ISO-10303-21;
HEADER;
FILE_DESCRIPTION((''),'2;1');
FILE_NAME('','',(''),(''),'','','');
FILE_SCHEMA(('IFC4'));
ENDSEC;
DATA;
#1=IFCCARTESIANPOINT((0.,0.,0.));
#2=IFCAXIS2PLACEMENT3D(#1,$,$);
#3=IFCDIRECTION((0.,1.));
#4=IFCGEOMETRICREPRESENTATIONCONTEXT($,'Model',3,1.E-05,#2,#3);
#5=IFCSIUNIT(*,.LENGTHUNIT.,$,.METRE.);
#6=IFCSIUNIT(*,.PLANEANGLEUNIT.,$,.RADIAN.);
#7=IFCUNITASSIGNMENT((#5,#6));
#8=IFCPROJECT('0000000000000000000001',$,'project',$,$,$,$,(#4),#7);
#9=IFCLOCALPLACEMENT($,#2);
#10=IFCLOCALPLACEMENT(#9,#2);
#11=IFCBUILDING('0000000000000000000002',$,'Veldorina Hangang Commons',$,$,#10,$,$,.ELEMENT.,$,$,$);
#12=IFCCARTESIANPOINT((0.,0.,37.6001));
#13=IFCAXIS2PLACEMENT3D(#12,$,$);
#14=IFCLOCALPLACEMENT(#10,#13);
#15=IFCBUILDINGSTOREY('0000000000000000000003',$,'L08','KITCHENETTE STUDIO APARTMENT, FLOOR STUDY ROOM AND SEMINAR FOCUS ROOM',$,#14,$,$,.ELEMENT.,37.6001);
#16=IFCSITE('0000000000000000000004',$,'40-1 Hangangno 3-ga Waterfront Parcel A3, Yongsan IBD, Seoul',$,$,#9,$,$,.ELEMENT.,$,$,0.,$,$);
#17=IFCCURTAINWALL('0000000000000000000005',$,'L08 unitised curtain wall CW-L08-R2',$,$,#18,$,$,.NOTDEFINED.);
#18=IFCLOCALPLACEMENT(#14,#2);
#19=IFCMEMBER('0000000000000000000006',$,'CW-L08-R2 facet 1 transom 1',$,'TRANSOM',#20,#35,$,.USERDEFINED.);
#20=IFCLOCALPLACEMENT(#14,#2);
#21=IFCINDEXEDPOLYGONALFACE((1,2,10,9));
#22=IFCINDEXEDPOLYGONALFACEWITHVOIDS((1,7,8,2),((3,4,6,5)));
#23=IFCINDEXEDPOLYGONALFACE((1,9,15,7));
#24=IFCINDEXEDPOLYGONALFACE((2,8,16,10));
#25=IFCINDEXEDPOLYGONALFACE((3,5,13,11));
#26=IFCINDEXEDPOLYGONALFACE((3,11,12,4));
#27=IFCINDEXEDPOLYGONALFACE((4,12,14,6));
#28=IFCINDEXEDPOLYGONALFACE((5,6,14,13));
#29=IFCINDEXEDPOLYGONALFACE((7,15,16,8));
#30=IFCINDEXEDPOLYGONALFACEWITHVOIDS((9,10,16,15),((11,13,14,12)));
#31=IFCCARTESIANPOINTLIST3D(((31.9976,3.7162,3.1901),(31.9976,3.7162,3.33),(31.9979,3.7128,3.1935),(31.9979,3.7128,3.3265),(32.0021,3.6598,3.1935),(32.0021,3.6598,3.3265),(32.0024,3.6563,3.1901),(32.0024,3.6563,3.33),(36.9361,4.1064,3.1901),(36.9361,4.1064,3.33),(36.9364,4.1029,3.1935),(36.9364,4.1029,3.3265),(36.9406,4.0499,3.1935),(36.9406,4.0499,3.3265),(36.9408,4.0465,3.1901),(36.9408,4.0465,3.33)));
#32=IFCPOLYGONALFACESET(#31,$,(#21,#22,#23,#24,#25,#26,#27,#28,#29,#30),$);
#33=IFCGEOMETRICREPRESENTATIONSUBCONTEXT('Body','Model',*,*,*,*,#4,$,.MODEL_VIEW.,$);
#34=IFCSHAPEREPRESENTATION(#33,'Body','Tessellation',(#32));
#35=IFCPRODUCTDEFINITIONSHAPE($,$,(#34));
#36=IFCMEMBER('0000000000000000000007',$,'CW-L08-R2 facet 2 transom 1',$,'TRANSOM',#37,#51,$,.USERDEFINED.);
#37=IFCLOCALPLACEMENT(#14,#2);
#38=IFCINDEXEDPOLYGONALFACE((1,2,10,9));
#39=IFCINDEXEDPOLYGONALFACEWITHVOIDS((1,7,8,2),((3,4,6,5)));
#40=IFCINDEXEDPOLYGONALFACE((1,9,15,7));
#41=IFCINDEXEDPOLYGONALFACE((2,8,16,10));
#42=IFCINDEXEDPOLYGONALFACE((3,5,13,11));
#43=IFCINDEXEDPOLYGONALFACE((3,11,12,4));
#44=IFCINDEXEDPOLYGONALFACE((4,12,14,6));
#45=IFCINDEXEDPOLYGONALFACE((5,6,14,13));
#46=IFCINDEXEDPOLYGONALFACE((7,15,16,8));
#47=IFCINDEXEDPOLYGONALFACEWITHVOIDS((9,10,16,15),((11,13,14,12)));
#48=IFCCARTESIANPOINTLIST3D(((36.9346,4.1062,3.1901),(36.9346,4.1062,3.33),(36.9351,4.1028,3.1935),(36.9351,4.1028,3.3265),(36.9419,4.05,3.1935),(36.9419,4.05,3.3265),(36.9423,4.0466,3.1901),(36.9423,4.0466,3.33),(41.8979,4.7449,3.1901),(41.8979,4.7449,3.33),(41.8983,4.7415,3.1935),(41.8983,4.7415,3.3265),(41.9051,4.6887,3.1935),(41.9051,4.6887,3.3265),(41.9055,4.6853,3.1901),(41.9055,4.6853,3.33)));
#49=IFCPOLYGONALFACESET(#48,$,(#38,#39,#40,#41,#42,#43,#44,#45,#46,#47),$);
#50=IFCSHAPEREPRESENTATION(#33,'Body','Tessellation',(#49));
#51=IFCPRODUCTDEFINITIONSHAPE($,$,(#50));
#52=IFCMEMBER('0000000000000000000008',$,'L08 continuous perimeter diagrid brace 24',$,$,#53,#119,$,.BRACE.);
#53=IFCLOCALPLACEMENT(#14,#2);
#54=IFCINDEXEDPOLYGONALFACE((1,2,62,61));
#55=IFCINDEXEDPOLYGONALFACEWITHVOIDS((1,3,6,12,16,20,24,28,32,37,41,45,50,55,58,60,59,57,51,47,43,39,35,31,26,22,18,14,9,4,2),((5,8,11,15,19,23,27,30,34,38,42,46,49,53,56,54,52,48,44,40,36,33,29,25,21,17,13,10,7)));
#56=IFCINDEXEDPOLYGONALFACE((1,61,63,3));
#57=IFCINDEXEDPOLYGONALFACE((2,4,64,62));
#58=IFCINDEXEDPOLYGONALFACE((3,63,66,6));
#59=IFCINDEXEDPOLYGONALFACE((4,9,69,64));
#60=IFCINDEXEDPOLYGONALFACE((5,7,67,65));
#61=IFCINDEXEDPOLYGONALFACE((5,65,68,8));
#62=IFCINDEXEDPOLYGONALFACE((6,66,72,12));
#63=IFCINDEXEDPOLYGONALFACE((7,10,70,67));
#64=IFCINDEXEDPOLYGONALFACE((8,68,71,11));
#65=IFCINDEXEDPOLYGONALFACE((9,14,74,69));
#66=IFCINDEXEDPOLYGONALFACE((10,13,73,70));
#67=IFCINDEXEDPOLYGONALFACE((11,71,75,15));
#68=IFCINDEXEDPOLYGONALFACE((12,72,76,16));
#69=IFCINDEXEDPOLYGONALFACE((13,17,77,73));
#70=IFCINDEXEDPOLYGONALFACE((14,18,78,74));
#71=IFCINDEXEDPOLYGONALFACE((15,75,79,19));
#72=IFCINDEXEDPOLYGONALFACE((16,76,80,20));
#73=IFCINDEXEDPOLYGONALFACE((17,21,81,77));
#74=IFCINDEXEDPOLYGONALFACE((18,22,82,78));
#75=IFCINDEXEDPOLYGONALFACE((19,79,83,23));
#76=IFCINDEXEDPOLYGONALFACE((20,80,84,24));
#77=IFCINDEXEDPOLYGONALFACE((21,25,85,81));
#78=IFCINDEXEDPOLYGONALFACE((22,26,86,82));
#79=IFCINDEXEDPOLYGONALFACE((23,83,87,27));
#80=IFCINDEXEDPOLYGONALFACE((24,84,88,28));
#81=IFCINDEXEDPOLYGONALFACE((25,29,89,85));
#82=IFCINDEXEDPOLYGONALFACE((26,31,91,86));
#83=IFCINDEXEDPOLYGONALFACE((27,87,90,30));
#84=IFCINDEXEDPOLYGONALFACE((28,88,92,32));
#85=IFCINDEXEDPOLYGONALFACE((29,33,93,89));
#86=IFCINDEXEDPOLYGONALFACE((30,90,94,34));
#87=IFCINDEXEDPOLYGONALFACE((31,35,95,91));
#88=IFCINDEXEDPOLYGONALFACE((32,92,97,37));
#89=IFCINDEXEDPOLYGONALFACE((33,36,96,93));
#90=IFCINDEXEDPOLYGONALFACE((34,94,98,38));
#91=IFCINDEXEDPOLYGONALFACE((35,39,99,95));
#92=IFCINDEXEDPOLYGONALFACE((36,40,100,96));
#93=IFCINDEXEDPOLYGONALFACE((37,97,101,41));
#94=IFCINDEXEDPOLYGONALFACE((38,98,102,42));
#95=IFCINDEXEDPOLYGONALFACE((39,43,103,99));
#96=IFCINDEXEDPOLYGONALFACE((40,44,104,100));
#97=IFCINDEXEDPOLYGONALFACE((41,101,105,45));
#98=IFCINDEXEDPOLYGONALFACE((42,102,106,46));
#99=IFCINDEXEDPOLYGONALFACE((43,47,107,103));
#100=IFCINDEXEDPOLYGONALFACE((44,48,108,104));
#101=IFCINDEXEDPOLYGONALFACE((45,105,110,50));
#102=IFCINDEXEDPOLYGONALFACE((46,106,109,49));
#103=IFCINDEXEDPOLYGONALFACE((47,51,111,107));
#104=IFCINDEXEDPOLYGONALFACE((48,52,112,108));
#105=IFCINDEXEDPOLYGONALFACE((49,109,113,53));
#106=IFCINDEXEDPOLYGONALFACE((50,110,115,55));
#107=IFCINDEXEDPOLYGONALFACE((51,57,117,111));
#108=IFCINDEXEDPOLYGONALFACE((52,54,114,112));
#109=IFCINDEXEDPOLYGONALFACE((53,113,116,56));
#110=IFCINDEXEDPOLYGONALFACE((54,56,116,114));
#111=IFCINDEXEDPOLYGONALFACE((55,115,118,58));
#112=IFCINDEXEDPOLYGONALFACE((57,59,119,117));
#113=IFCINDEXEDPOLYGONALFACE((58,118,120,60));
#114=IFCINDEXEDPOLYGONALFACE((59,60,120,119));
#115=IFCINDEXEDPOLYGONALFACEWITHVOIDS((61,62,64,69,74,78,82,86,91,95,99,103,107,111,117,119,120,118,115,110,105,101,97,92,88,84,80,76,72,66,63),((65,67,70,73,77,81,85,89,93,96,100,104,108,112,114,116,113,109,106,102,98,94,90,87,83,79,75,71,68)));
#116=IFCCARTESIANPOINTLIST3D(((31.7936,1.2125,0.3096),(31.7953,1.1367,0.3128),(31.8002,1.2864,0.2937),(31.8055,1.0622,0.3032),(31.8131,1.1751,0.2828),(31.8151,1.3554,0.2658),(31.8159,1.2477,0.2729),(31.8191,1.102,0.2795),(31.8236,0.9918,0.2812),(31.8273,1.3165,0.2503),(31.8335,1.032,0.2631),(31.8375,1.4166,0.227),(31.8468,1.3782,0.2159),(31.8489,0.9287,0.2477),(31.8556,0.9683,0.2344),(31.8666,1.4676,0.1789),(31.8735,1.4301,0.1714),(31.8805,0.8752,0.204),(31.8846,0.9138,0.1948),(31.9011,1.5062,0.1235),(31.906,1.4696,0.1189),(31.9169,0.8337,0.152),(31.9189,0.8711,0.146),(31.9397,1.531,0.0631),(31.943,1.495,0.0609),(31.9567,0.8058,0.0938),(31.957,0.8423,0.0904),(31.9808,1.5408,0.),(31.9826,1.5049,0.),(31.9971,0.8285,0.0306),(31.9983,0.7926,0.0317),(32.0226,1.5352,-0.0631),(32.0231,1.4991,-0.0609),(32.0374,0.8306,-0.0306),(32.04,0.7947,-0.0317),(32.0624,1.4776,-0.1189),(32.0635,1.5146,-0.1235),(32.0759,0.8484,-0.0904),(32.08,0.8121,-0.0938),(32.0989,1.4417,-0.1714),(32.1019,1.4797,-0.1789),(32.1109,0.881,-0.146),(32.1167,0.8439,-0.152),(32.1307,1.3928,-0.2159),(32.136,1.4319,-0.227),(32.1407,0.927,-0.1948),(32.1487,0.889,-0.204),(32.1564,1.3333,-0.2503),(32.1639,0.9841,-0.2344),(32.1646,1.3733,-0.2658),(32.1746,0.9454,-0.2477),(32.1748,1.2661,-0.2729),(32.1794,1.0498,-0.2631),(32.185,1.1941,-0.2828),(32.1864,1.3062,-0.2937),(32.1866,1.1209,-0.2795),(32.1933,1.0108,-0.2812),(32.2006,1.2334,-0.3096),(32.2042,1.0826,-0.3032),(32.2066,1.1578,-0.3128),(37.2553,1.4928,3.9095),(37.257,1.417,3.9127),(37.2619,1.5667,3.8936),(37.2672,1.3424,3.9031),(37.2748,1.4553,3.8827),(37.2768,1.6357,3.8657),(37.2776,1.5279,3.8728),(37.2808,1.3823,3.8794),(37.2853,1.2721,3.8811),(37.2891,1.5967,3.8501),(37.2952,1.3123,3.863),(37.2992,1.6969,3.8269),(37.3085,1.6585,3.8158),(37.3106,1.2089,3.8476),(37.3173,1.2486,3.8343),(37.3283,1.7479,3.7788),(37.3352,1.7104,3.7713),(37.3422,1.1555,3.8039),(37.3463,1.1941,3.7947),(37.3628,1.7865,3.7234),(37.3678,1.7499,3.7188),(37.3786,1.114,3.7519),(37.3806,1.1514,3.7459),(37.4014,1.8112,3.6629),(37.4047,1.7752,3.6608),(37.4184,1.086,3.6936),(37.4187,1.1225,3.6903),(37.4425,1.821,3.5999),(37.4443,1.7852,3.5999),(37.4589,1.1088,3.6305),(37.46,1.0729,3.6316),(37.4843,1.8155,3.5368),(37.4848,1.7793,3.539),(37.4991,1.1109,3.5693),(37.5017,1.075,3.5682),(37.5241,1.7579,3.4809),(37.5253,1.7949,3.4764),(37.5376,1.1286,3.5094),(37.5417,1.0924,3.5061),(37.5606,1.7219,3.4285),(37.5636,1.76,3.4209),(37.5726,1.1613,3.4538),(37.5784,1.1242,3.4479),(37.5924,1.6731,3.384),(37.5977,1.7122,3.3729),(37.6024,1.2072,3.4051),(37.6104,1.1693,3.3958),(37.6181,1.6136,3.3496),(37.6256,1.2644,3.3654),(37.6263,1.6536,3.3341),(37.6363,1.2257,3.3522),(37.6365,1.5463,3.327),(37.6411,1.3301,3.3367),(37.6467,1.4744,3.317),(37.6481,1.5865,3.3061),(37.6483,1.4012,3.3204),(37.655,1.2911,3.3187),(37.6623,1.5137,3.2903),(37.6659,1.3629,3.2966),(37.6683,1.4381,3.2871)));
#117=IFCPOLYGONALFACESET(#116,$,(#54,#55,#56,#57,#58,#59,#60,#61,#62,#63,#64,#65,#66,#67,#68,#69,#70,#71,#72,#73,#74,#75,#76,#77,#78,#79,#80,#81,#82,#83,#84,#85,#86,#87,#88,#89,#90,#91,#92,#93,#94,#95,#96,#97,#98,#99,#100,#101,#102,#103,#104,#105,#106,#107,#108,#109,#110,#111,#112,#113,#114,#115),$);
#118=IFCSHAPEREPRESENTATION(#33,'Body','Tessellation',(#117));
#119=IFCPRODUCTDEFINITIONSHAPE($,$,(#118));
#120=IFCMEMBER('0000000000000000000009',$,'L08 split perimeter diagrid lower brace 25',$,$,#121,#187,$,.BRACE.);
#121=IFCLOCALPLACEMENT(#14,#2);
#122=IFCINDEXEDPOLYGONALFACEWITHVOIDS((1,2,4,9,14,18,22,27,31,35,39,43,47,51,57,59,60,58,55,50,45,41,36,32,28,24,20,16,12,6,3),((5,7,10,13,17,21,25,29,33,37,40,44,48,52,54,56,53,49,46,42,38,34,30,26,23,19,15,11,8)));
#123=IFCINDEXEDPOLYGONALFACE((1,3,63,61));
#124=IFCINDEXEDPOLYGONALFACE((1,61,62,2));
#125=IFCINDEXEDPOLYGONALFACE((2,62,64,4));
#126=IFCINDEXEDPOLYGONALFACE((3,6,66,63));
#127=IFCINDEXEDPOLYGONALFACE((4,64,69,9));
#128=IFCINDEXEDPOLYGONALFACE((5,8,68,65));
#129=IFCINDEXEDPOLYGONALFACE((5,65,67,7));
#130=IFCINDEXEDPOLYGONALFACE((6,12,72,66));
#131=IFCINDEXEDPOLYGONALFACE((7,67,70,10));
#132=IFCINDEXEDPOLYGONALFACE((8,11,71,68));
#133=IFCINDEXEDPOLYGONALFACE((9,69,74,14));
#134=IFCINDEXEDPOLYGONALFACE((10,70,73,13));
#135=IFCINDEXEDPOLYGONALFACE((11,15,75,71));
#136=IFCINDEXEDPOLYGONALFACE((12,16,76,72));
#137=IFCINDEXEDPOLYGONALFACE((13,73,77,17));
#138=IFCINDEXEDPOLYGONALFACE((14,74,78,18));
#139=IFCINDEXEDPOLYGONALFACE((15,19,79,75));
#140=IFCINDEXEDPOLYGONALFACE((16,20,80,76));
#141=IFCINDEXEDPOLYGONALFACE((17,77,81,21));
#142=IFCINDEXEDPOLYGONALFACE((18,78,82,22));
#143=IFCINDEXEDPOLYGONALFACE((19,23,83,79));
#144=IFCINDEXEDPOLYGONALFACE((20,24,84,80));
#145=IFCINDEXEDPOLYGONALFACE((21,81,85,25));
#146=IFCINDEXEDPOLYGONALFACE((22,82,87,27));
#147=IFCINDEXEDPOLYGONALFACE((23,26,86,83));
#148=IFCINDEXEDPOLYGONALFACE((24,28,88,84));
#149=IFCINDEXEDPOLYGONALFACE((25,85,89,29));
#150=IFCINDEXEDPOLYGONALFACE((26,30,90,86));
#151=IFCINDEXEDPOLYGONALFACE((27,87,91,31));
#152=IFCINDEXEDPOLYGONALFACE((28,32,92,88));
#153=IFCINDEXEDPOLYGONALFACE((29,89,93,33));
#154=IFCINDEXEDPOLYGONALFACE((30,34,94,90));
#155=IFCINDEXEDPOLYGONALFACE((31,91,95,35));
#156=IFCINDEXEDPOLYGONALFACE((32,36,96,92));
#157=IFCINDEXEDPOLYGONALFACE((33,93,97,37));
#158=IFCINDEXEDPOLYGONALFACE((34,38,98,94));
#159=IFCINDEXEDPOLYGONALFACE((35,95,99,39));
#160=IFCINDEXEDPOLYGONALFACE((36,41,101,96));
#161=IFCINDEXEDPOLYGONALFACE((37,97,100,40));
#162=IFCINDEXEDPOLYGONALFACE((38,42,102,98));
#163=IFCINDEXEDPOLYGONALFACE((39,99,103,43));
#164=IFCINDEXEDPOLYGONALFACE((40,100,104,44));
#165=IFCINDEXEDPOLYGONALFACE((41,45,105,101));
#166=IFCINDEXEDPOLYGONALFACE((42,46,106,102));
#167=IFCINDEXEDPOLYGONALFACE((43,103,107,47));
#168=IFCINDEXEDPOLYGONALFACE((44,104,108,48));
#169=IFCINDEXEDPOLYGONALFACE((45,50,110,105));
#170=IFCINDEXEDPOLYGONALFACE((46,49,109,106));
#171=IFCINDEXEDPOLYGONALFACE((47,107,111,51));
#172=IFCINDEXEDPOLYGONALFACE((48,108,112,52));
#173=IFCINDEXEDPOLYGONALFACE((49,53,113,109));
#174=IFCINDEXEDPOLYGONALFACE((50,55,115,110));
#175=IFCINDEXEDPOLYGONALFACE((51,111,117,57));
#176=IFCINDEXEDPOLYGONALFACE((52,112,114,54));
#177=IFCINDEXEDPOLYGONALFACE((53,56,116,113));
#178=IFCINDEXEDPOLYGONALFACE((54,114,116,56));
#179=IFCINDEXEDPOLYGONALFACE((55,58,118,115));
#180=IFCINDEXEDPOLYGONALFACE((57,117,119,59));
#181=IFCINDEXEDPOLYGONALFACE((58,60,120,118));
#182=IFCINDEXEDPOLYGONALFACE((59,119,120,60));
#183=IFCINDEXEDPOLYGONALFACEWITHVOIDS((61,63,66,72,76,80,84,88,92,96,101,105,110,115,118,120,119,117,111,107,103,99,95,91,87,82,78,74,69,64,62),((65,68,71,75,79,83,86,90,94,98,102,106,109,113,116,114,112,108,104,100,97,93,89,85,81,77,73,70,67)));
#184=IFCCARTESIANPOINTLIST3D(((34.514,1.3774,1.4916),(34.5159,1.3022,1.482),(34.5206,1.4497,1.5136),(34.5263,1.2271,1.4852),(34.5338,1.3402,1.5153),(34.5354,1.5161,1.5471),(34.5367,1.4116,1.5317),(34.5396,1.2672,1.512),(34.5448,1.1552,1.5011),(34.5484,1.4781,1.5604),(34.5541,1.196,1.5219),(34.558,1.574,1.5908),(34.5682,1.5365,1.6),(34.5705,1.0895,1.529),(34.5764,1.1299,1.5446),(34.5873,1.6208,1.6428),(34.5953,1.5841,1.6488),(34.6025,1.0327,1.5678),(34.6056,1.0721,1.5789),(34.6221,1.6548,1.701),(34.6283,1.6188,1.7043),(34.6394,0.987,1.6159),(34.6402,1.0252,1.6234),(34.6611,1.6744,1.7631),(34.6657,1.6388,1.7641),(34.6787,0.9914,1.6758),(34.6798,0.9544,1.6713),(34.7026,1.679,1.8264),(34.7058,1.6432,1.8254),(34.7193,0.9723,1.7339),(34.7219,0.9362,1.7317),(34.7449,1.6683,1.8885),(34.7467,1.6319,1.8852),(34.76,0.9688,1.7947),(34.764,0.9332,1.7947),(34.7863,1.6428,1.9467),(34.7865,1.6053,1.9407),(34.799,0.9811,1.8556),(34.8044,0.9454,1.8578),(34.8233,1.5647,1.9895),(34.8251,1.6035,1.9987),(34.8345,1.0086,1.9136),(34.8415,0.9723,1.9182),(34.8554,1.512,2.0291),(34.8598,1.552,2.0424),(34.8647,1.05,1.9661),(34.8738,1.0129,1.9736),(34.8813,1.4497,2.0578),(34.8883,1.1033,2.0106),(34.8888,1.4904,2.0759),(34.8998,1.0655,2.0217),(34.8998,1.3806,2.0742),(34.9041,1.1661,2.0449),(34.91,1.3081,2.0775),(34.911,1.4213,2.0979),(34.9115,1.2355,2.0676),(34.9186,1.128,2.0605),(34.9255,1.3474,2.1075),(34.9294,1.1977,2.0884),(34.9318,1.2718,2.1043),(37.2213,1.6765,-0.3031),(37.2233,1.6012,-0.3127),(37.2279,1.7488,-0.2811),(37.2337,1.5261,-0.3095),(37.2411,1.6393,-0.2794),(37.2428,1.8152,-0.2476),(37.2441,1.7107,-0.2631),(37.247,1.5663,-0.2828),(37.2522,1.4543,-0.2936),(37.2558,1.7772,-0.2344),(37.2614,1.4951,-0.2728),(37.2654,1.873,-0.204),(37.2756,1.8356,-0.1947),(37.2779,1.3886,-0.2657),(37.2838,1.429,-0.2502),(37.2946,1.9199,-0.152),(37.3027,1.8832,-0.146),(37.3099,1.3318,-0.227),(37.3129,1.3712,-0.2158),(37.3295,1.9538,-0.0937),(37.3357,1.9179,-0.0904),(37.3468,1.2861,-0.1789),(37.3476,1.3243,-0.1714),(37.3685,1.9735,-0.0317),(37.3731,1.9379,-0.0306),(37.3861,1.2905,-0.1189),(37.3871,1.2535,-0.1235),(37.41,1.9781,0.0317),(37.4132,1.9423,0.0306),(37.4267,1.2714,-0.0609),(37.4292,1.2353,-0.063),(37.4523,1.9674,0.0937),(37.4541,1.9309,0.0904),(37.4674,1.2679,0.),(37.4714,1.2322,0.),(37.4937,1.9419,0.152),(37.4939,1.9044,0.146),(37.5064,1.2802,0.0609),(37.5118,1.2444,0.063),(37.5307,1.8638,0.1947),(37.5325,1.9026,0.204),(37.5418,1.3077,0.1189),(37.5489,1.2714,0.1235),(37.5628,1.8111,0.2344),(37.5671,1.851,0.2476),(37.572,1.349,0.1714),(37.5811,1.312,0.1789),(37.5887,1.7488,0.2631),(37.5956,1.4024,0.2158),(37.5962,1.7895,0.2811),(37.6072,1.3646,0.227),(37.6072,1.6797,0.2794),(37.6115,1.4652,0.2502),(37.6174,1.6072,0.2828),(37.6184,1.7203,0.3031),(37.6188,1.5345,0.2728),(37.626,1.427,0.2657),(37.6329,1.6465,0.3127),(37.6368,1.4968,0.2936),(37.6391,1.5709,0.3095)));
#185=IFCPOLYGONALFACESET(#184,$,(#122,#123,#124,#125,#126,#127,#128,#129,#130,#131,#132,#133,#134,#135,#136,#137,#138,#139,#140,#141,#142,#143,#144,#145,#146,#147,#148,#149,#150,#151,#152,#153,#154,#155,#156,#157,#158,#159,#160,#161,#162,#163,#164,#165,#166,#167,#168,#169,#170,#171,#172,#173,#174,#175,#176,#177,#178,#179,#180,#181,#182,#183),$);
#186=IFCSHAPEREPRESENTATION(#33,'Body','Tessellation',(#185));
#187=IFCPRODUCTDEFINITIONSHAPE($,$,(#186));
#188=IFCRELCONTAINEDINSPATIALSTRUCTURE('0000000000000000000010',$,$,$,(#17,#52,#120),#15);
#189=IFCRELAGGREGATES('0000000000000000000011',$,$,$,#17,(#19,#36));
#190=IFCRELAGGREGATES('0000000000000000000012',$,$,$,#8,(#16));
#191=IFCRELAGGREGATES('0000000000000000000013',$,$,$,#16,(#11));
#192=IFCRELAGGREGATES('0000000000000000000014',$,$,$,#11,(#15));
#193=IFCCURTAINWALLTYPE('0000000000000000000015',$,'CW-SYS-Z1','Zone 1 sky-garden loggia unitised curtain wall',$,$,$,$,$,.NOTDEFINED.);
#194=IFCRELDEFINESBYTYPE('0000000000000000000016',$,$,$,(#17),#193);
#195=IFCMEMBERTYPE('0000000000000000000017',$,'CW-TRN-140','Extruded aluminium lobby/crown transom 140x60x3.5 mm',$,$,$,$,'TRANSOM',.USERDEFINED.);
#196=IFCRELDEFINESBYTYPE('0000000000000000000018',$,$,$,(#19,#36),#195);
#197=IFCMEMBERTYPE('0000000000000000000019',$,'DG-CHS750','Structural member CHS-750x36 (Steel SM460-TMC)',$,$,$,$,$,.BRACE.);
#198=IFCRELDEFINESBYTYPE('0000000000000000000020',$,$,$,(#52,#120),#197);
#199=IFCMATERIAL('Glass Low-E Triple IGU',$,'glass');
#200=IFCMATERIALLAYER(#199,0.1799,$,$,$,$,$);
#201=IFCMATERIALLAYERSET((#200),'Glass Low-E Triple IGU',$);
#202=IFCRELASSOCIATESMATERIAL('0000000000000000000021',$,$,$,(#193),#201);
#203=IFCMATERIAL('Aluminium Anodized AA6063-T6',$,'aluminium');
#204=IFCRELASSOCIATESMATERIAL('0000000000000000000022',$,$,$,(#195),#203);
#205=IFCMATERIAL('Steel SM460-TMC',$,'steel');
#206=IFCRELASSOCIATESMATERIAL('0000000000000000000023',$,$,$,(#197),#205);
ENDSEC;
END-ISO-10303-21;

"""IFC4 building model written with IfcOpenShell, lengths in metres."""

from ifc_helpers import new_model, si_unit, direction, frame, origin, origin_2d, place, context, subcontext, project, spatial, hollow_rectangle, hollow_circle, extrude, material, layer, layer_set, material_profile, profile_set, type_object, element, aggregate, save


model = new_model("IFC4")

# Units and contexts
model_context = context("Model", 3, precision=1e-05, world=origin(), true_north=direction((0.0, 1.0)))
body_context = subcontext(model_context, "Body", "Model", "MODEL_VIEW")
ifc_project = project(units=[si_unit("LENGTHUNIT", "METRE"), si_unit("PLANEANGLEUNIT", "RADIAN")], contexts=[model_context])

# Site, building, storey
site_placement = place(None, origin())
site = spatial("IfcSite", under=ifc_project, at=site_placement, Name="40-1 Hangangno 3-ga Waterfront Parcel A3, Yongsan IBD, Seoul", CompositionType="ELEMENT", RefElevation=0.0)
building_placement = place(site_placement, origin())
building = spatial("IfcBuilding", under=site, at=building_placement, Name="Veldorina Hangang Commons", CompositionType="ELEMENT")
storey_placement = place(building_placement, frame((0.0, 0.0, 37.6001)))
storey = spatial("IfcBuildingStorey", under=building, at=storey_placement, Name="L08", Description="KITCHENETTE STUDIO APARTMENT, FLOOR STUDY ROOM AND SEMINAR FOCUS ROOM", CompositionType="ELEMENT", Elevation=37.6001)

# Shared definitions
ifc_material_1 = material(Name="Steel SM460-TMC", Category="steel")

# Curtain wall, members
ifc_material_2 = material(Name="Glass Low-E Triple IGU", Category="glass")
ifc_layer_1 = layer(ifc_material_2, 0.1799)
ifc_layer_set_1 = layer_set([ifc_layer_1], Name="Glass Low-E Triple IGU")
curtain_wall_type = type_object("IfcCurtainWallType", Name="CW-SYS-Z1", Description="Zone 1 sky-garden loggia unitised curtain wall", PredefinedType="NOTDEFINED", material=ifc_layer_set_1)
curtain_wall_placement = place(storey_placement, origin())
curtain_wall = element("IfcCurtainWall", 1, at=curtain_wall_placement, inside=storey, type_object=curtain_wall_type, Name="L08 unitised curtain wall CW-L08-R2", PredefinedType="NOTDEFINED")
ifc_material_3 = material(Name="Aluminium Anodized AA6063-T6", Category="aluminium")
ifc_material_profile_1 = material_profile(ifc_material_3, hollow_rectangle(XDim=0.0601, YDim=0.1399, WallThickness=0.0034, at=origin_2d()), Name="ALU-RHS-140x60x3.5")
ifc_profile_set_1 = profile_set([ifc_material_profile_1], Name="Aluminium Anodized AA6063-T6")
member_type_1 = type_object("IfcMemberType", Name="CW-TRN-140", Description="Extruded aluminium lobby/crown transom 140x60x3.5 mm", ElementType="TRANSOM", PredefinedType="USERDEFINED", material=ifc_profile_set_1)
member_1_placement = place(storey_placement, frame((32.0, 3.6863, 3.26), z_axis=(0.996894, 0.078754, 0.0), x_axis=(-0.078754, 0.996894, 0.0)))
member_1 = element("IfcMember", 2, at=member_1_placement, type_object=member_type_1, Name="CW-L08-R2 facet 1 transom 1", ObjectType="TRANSOM", PredefinedType="USERDEFINED", context=body_context, shape_type="SweptSolid", body=[
    extrude(hollow_rectangle(XDim=0.0601, YDim=0.1399, WallThickness=0.0034, at=origin_2d()), origin(), (0.0, 0.0, 1.0), 4.9539),
])
member_2_placement = place(storey_placement, frame((36.9385, 4.0764, 3.26), z_axis=(0.991822, 0.127631, 0.0), x_axis=(-0.127631, 0.991822, 0.0)))
member_2 = element("IfcMember", 3, at=member_2_placement, type_object=member_type_1, Name="CW-L08-R2 facet 2 transom 1", ObjectType="TRANSOM", PredefinedType="USERDEFINED", context=body_context, shape_type="SweptSolid", body=[
    extrude(hollow_rectangle(XDim=0.0601, YDim=0.1399, WallThickness=0.0034, at=origin_2d()), origin(), (0.0, 0.0, 1.0), 5.0042),
])

# Members
ifc_material_profile_2 = material_profile(ifc_material_1, hollow_circle(Radius=0.375, WallThickness=0.0359, at=origin_2d()), Name="CHS-750x36")
ifc_profile_set_2 = profile_set([ifc_material_profile_2], Name="Steel SM460-TMC")
member_type_2 = type_object("IfcMemberType", Name="DG-CHS750", Description="Structural member CHS-750x36 (Steel SM460-TMC)", PredefinedType="BRACE", material=ifc_profile_set_2)
member_3_placement = place(storey_placement, frame((32.0, 1.1663, 0.0), z_axis=(0.834185, 0.042807, 0.549821), x_axis=(-0.051249, 0.998686, 0.0)))
element("IfcMember", 4, at=member_3_placement, inside=storey, type_object=member_type_2, Name="L08 continuous perimeter diagrid brace 24", PredefinedType="BRACE", context=body_context, shape_type="SweptSolid", body=[
    extrude(hollow_circle(Radius=0.375, WallThickness=0.0359, at=origin_2d()), origin(), (0.0, 0.0, 1.0), 6.5474),
])
member_4_placement = place(storey_placement, frame((37.4302, 1.605, 0.0), z_axis=(-0.829982, -0.091688, 0.550203), x_axis=(0.109802, -0.993953, 0.0)))
element("IfcMember", 5, at=member_4_placement, inside=storey, type_object=member_type_2, Name="L08 split perimeter diagrid lower brace 25", PredefinedType="BRACE", context=body_context, shape_type="SweptSolid", body=[
    extrude(hollow_circle(Radius=0.375, WallThickness=0.0359, at=origin_2d()), origin(), (0.0, 0.0, 1.0), 3.262),
])

aggregate(curtain_wall, [member_1, member_2])

save(model, "model.ifc")
